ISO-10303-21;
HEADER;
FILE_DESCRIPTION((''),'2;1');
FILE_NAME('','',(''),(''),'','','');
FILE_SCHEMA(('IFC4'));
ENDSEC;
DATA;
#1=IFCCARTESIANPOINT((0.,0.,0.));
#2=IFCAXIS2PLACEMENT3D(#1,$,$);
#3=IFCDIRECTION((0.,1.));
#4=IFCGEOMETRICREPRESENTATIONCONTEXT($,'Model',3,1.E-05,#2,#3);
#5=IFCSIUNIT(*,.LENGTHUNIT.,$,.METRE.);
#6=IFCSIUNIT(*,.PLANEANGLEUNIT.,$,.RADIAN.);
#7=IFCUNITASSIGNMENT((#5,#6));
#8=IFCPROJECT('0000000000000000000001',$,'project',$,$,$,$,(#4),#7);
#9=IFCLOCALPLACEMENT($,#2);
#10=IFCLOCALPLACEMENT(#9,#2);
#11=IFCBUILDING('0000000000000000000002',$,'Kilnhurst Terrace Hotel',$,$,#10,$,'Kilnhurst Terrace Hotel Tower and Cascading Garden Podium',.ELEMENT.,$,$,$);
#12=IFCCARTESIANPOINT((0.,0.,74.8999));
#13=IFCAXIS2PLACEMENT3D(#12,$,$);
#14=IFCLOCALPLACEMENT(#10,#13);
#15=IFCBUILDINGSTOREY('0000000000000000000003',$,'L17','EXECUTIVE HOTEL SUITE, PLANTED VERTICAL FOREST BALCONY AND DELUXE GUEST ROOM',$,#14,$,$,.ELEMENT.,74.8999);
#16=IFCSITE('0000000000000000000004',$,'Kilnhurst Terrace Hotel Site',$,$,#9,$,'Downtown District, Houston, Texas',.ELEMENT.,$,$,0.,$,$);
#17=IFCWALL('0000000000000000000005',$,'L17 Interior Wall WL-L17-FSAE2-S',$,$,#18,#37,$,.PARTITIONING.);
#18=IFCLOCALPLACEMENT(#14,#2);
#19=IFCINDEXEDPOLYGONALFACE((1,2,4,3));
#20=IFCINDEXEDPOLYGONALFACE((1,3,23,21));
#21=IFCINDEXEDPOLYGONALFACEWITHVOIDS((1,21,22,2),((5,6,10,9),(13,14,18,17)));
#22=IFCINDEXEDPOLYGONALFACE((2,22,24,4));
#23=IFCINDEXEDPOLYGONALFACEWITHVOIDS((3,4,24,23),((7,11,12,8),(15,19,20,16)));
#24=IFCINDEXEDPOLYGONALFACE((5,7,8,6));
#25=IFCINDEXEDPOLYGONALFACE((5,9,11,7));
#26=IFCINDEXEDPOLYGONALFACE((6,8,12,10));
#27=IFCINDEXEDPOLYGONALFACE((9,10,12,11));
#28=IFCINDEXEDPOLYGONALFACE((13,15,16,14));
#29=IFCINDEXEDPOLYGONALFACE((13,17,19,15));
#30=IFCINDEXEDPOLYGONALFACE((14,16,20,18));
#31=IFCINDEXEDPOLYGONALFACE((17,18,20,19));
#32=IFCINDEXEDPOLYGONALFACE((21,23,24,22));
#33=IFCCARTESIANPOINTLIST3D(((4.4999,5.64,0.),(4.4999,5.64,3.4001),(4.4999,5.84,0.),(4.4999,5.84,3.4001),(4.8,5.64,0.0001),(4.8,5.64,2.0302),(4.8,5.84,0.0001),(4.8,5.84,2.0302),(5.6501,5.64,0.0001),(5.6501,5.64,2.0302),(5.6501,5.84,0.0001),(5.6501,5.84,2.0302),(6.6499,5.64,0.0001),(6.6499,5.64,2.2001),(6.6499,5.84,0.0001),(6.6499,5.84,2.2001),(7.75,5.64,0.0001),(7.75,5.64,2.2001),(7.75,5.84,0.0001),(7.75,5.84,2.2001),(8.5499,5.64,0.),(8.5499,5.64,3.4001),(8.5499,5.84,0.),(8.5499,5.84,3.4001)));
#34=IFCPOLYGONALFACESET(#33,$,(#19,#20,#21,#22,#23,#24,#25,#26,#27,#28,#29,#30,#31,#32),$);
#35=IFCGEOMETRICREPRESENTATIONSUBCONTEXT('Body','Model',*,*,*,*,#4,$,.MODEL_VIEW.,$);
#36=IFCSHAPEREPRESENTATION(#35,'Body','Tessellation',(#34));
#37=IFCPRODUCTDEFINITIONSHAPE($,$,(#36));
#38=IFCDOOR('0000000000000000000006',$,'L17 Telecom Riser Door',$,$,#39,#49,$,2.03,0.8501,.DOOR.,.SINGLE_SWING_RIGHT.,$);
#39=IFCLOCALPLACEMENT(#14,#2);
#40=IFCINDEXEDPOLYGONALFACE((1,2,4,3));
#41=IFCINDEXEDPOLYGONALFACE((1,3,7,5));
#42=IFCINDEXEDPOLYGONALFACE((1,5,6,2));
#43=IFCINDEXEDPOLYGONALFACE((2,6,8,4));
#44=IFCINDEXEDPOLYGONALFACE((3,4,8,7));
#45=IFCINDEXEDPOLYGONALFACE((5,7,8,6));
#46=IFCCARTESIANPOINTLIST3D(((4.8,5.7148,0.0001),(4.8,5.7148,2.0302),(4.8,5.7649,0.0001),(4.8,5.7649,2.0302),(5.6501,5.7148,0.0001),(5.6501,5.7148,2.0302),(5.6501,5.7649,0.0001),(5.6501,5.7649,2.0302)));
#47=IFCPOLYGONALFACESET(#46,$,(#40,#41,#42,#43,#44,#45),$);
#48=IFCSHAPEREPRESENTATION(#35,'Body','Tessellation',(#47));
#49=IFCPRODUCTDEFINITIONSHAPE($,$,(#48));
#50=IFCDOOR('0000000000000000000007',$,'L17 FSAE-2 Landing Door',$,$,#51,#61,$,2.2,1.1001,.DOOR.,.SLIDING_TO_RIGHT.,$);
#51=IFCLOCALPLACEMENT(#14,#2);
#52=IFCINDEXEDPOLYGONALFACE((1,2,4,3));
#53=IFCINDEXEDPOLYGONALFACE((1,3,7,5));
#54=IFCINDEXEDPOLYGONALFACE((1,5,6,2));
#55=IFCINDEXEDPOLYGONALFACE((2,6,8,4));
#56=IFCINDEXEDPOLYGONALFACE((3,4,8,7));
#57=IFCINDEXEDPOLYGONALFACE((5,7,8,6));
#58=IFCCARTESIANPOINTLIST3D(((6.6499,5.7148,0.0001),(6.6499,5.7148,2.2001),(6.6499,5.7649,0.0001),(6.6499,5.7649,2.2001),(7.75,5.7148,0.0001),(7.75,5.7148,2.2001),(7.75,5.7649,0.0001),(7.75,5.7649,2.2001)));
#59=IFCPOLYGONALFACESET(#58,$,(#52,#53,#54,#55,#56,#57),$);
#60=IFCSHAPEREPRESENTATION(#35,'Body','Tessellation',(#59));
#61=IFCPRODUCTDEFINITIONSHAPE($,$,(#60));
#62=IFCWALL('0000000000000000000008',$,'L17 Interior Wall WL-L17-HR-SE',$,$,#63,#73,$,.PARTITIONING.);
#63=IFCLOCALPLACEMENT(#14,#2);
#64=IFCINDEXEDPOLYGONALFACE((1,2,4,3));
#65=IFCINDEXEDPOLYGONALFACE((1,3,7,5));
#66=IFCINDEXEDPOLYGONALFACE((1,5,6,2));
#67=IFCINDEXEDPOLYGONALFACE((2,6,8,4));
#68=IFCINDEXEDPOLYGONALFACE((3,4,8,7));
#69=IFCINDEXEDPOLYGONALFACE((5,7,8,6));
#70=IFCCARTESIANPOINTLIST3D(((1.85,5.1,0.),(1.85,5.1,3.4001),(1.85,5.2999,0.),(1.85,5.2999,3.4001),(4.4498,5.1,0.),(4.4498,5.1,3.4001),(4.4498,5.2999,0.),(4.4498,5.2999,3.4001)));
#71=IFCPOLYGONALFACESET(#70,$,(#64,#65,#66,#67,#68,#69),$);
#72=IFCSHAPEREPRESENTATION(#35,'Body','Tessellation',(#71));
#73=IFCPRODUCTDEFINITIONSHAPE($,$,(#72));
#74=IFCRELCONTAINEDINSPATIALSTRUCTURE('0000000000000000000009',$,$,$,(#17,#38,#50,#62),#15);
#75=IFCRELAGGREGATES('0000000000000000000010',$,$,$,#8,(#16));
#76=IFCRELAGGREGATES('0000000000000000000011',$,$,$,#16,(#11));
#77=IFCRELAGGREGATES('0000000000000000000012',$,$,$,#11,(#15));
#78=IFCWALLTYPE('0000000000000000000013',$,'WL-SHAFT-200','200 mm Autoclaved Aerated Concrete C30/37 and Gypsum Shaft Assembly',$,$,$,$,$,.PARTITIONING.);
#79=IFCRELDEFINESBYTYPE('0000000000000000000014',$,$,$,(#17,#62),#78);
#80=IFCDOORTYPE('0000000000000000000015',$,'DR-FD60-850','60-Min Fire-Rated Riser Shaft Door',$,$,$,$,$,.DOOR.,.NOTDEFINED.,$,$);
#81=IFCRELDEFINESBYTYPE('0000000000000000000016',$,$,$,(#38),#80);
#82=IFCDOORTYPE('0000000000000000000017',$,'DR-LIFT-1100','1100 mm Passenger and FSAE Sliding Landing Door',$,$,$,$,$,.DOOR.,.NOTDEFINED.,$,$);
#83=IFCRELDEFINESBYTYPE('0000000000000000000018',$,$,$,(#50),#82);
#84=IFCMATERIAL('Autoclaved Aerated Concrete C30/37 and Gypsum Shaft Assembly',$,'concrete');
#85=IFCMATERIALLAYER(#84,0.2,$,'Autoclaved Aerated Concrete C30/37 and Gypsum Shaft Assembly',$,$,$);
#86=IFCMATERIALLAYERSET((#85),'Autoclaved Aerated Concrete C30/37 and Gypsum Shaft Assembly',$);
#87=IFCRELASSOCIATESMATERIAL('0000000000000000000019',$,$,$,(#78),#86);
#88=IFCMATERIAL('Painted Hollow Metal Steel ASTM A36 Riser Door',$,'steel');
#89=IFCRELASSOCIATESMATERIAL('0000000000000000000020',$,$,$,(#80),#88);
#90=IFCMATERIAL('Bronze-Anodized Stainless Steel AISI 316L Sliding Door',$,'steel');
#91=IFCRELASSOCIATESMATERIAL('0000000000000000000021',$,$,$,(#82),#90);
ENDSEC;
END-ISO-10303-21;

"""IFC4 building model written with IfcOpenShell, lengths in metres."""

from ifc_helpers import new_model, si_unit, direction, frame, frame_2d, origin, place, context, subcontext, project, spatial, rectangle, extrude, material, layer, layer_set, type_object, element, fill, save


model = new_model("IFC4")

# Units and contexts
model_context = context("Model", 3, precision=1e-05, world=origin(), true_north=direction((0.0, 1.0)))
body_context = subcontext(model_context, "Body", "Model", "MODEL_VIEW")
ifc_project = project(units=[si_unit("LENGTHUNIT", "METRE"), si_unit("PLANEANGLEUNIT", "RADIAN")], contexts=[model_context])

# Site, building, storey
site_placement = place(None, origin())
site = spatial("IfcSite", under=ifc_project, at=site_placement, Name="Kilnhurst Terrace Hotel Site", LongName="Downtown District, Houston, Texas", CompositionType="ELEMENT", RefElevation=0.0)
building_placement = place(site_placement, origin())
building = spatial("IfcBuilding", under=site, at=building_placement, Name="Kilnhurst Terrace Hotel", LongName="Kilnhurst Terrace Hotel Tower and Cascading Garden Podium", CompositionType="ELEMENT")
storey_placement = place(building_placement, frame((0.0, 0.0, 74.8999)))
storey = spatial("IfcBuildingStorey", under=building, at=storey_placement, Name="L17", Description="EXECUTIVE HOTEL SUITE, PLANTED VERTICAL FOREST BALCONY AND DELUXE GUEST ROOM", CompositionType="ELEMENT", Elevation=74.8999)

# Wall, openings, doors
ifc_material_1 = material(Name="Autoclaved Aerated Concrete C30/37 and Gypsum Shaft Assembly", Category="concrete")
ifc_layer_1 = layer(ifc_material_1, 0.2, Name="Autoclaved Aerated Concrete C30/37 and Gypsum Shaft Assembly")
ifc_layer_set_1 = layer_set([ifc_layer_1], Name="Autoclaved Aerated Concrete C30/37 and Gypsum Shaft Assembly")
wall_type_1 = type_object("IfcWallType", Name="WL-SHAFT-200", Description="200 mm Autoclaved Aerated Concrete C30/37 and Gypsum Shaft Assembly", PredefinedType="PARTITIONING", material=ifc_layer_set_1)
wall_1_placement = place(storey_placement, frame((4.5, 5.74, 0.0), z_axis=(0.0, 0.0, 1.0), x_axis=(1.0, 0.0, 0.0)))
wall_1 = element("IfcWall", 1, at=wall_1_placement, inside=storey, type_object=wall_type_1, Name="L17 Interior Wall WL-L17-FSAE2-S", PredefinedType="PARTITIONING", context=body_context, shape_type="SweptSolid", body=[
    extrude(rectangle(XDim=4.05, YDim=0.2, at=frame_2d((2.0249, 0.0))), origin(), (0.0, 0.0, 1.0), 3.4001),
])
opening_1_placement = place(wall_1_placement, frame((0.3, 0.0, 0.0)))
opening_1 = element("IfcOpeningElement", 2, at=opening_1_placement, cuts=wall_1, PredefinedType="OPENING", context=body_context, shape_type="SweptSolid", body=[
    extrude(rectangle(XDim=0.8501, YDim=2.03, at=frame_2d((0.425, 1.0151))), frame((0.0, 0.1099, 0.0), z_axis=(0.0, -1.0, 0.0), x_axis=(1.0, 0.0, 0.0)), (0.0, 0.0, 1.0), 0.22),
])
opening_2_placement = place(wall_1_placement, frame((2.1499, 0.0, 0.0)))
opening_2 = element("IfcOpeningElement", 3, at=opening_2_placement, cuts=wall_1, PredefinedType="OPENING", context=body_context, shape_type="SweptSolid", body=[
    extrude(rectangle(XDim=1.1001, YDim=2.2, at=frame_2d((0.55, 1.1001))), frame((0.0, 0.1099, 0.0), z_axis=(0.0, -1.0, 0.0), x_axis=(1.0, 0.0, 0.0)), (0.0, 0.0, 1.0), 0.22),
])
ifc_material_2 = material(Name="Painted Hollow Metal Steel ASTM A36 Riser Door", Category="steel")
door_type_1 = type_object("IfcDoorType", Name="DR-FD60-850", Description="60-Min Fire-Rated Riser Shaft Door", OperationType="NOTDEFINED", PredefinedType="DOOR", material=ifc_material_2)
door_1_placement = place(opening_1_placement, origin())
door_1 = element("IfcDoor", 4, at=door_1_placement, inside=storey, type_object=door_type_1, Name="L17 Telecom Riser Door", OperationType="SINGLE_SWING_RIGHT", OverallHeight=2.03, OverallWidth=0.8501, PredefinedType="DOOR", context=body_context, shape_type="SweptSolid", body=[
    extrude(rectangle(XDim=0.8501, YDim=2.03, at=frame_2d((0.425, 1.0151))), frame((0.0, 0.0249, 0.0), z_axis=(0.0, -1.0, 0.0), x_axis=(1.0, 0.0, 0.0)), (0.0, 0.0, 1.0), 0.05),
])
fill(opening_1, door_1)
ifc_material_3 = material(Name="Bronze-Anodized Stainless Steel AISI 316L Sliding Door", Category="steel")
door_type_2 = type_object("IfcDoorType", Name="DR-LIFT-1100", Description="1100 mm Passenger and FSAE Sliding Landing Door", OperationType="NOTDEFINED", PredefinedType="DOOR", material=ifc_material_3)
door_2_placement = place(opening_2_placement, origin())
door_2 = element("IfcDoor", 5, at=door_2_placement, inside=storey, type_object=door_type_2, Name="L17 FSAE-2 Landing Door", OperationType="SLIDING_TO_RIGHT", OverallHeight=2.2, OverallWidth=1.1001, PredefinedType="DOOR", context=body_context, shape_type="SweptSolid", body=[
    extrude(rectangle(XDim=1.1001, YDim=2.2, at=frame_2d((0.55, 1.1001))), frame((0.0, 0.0249, 0.0), z_axis=(0.0, -1.0, 0.0), x_axis=(1.0, 0.0, 0.0)), (0.0, 0.0, 1.0), 0.05),
])
fill(opening_2, door_2)

# Wall
wall_2_placement = place(storey_placement, frame((1.8501, 5.2, 0.0), z_axis=(0.0, 0.0, 1.0), x_axis=(1.0, 0.0, 0.0)))
element("IfcWall", 6, at=wall_2_placement, inside=storey, type_object=wall_type_1, Name="L17 Interior Wall WL-L17-HR-SE", PredefinedType="PARTITIONING", context=body_context, shape_type="SweptSolid", body=[
    extrude(rectangle(XDim=2.5999, YDim=0.2, at=frame_2d((1.2998, 0.0))), origin(), (0.0, 0.0, 1.0), 3.4001),
])

save(model, "model.ifc")
